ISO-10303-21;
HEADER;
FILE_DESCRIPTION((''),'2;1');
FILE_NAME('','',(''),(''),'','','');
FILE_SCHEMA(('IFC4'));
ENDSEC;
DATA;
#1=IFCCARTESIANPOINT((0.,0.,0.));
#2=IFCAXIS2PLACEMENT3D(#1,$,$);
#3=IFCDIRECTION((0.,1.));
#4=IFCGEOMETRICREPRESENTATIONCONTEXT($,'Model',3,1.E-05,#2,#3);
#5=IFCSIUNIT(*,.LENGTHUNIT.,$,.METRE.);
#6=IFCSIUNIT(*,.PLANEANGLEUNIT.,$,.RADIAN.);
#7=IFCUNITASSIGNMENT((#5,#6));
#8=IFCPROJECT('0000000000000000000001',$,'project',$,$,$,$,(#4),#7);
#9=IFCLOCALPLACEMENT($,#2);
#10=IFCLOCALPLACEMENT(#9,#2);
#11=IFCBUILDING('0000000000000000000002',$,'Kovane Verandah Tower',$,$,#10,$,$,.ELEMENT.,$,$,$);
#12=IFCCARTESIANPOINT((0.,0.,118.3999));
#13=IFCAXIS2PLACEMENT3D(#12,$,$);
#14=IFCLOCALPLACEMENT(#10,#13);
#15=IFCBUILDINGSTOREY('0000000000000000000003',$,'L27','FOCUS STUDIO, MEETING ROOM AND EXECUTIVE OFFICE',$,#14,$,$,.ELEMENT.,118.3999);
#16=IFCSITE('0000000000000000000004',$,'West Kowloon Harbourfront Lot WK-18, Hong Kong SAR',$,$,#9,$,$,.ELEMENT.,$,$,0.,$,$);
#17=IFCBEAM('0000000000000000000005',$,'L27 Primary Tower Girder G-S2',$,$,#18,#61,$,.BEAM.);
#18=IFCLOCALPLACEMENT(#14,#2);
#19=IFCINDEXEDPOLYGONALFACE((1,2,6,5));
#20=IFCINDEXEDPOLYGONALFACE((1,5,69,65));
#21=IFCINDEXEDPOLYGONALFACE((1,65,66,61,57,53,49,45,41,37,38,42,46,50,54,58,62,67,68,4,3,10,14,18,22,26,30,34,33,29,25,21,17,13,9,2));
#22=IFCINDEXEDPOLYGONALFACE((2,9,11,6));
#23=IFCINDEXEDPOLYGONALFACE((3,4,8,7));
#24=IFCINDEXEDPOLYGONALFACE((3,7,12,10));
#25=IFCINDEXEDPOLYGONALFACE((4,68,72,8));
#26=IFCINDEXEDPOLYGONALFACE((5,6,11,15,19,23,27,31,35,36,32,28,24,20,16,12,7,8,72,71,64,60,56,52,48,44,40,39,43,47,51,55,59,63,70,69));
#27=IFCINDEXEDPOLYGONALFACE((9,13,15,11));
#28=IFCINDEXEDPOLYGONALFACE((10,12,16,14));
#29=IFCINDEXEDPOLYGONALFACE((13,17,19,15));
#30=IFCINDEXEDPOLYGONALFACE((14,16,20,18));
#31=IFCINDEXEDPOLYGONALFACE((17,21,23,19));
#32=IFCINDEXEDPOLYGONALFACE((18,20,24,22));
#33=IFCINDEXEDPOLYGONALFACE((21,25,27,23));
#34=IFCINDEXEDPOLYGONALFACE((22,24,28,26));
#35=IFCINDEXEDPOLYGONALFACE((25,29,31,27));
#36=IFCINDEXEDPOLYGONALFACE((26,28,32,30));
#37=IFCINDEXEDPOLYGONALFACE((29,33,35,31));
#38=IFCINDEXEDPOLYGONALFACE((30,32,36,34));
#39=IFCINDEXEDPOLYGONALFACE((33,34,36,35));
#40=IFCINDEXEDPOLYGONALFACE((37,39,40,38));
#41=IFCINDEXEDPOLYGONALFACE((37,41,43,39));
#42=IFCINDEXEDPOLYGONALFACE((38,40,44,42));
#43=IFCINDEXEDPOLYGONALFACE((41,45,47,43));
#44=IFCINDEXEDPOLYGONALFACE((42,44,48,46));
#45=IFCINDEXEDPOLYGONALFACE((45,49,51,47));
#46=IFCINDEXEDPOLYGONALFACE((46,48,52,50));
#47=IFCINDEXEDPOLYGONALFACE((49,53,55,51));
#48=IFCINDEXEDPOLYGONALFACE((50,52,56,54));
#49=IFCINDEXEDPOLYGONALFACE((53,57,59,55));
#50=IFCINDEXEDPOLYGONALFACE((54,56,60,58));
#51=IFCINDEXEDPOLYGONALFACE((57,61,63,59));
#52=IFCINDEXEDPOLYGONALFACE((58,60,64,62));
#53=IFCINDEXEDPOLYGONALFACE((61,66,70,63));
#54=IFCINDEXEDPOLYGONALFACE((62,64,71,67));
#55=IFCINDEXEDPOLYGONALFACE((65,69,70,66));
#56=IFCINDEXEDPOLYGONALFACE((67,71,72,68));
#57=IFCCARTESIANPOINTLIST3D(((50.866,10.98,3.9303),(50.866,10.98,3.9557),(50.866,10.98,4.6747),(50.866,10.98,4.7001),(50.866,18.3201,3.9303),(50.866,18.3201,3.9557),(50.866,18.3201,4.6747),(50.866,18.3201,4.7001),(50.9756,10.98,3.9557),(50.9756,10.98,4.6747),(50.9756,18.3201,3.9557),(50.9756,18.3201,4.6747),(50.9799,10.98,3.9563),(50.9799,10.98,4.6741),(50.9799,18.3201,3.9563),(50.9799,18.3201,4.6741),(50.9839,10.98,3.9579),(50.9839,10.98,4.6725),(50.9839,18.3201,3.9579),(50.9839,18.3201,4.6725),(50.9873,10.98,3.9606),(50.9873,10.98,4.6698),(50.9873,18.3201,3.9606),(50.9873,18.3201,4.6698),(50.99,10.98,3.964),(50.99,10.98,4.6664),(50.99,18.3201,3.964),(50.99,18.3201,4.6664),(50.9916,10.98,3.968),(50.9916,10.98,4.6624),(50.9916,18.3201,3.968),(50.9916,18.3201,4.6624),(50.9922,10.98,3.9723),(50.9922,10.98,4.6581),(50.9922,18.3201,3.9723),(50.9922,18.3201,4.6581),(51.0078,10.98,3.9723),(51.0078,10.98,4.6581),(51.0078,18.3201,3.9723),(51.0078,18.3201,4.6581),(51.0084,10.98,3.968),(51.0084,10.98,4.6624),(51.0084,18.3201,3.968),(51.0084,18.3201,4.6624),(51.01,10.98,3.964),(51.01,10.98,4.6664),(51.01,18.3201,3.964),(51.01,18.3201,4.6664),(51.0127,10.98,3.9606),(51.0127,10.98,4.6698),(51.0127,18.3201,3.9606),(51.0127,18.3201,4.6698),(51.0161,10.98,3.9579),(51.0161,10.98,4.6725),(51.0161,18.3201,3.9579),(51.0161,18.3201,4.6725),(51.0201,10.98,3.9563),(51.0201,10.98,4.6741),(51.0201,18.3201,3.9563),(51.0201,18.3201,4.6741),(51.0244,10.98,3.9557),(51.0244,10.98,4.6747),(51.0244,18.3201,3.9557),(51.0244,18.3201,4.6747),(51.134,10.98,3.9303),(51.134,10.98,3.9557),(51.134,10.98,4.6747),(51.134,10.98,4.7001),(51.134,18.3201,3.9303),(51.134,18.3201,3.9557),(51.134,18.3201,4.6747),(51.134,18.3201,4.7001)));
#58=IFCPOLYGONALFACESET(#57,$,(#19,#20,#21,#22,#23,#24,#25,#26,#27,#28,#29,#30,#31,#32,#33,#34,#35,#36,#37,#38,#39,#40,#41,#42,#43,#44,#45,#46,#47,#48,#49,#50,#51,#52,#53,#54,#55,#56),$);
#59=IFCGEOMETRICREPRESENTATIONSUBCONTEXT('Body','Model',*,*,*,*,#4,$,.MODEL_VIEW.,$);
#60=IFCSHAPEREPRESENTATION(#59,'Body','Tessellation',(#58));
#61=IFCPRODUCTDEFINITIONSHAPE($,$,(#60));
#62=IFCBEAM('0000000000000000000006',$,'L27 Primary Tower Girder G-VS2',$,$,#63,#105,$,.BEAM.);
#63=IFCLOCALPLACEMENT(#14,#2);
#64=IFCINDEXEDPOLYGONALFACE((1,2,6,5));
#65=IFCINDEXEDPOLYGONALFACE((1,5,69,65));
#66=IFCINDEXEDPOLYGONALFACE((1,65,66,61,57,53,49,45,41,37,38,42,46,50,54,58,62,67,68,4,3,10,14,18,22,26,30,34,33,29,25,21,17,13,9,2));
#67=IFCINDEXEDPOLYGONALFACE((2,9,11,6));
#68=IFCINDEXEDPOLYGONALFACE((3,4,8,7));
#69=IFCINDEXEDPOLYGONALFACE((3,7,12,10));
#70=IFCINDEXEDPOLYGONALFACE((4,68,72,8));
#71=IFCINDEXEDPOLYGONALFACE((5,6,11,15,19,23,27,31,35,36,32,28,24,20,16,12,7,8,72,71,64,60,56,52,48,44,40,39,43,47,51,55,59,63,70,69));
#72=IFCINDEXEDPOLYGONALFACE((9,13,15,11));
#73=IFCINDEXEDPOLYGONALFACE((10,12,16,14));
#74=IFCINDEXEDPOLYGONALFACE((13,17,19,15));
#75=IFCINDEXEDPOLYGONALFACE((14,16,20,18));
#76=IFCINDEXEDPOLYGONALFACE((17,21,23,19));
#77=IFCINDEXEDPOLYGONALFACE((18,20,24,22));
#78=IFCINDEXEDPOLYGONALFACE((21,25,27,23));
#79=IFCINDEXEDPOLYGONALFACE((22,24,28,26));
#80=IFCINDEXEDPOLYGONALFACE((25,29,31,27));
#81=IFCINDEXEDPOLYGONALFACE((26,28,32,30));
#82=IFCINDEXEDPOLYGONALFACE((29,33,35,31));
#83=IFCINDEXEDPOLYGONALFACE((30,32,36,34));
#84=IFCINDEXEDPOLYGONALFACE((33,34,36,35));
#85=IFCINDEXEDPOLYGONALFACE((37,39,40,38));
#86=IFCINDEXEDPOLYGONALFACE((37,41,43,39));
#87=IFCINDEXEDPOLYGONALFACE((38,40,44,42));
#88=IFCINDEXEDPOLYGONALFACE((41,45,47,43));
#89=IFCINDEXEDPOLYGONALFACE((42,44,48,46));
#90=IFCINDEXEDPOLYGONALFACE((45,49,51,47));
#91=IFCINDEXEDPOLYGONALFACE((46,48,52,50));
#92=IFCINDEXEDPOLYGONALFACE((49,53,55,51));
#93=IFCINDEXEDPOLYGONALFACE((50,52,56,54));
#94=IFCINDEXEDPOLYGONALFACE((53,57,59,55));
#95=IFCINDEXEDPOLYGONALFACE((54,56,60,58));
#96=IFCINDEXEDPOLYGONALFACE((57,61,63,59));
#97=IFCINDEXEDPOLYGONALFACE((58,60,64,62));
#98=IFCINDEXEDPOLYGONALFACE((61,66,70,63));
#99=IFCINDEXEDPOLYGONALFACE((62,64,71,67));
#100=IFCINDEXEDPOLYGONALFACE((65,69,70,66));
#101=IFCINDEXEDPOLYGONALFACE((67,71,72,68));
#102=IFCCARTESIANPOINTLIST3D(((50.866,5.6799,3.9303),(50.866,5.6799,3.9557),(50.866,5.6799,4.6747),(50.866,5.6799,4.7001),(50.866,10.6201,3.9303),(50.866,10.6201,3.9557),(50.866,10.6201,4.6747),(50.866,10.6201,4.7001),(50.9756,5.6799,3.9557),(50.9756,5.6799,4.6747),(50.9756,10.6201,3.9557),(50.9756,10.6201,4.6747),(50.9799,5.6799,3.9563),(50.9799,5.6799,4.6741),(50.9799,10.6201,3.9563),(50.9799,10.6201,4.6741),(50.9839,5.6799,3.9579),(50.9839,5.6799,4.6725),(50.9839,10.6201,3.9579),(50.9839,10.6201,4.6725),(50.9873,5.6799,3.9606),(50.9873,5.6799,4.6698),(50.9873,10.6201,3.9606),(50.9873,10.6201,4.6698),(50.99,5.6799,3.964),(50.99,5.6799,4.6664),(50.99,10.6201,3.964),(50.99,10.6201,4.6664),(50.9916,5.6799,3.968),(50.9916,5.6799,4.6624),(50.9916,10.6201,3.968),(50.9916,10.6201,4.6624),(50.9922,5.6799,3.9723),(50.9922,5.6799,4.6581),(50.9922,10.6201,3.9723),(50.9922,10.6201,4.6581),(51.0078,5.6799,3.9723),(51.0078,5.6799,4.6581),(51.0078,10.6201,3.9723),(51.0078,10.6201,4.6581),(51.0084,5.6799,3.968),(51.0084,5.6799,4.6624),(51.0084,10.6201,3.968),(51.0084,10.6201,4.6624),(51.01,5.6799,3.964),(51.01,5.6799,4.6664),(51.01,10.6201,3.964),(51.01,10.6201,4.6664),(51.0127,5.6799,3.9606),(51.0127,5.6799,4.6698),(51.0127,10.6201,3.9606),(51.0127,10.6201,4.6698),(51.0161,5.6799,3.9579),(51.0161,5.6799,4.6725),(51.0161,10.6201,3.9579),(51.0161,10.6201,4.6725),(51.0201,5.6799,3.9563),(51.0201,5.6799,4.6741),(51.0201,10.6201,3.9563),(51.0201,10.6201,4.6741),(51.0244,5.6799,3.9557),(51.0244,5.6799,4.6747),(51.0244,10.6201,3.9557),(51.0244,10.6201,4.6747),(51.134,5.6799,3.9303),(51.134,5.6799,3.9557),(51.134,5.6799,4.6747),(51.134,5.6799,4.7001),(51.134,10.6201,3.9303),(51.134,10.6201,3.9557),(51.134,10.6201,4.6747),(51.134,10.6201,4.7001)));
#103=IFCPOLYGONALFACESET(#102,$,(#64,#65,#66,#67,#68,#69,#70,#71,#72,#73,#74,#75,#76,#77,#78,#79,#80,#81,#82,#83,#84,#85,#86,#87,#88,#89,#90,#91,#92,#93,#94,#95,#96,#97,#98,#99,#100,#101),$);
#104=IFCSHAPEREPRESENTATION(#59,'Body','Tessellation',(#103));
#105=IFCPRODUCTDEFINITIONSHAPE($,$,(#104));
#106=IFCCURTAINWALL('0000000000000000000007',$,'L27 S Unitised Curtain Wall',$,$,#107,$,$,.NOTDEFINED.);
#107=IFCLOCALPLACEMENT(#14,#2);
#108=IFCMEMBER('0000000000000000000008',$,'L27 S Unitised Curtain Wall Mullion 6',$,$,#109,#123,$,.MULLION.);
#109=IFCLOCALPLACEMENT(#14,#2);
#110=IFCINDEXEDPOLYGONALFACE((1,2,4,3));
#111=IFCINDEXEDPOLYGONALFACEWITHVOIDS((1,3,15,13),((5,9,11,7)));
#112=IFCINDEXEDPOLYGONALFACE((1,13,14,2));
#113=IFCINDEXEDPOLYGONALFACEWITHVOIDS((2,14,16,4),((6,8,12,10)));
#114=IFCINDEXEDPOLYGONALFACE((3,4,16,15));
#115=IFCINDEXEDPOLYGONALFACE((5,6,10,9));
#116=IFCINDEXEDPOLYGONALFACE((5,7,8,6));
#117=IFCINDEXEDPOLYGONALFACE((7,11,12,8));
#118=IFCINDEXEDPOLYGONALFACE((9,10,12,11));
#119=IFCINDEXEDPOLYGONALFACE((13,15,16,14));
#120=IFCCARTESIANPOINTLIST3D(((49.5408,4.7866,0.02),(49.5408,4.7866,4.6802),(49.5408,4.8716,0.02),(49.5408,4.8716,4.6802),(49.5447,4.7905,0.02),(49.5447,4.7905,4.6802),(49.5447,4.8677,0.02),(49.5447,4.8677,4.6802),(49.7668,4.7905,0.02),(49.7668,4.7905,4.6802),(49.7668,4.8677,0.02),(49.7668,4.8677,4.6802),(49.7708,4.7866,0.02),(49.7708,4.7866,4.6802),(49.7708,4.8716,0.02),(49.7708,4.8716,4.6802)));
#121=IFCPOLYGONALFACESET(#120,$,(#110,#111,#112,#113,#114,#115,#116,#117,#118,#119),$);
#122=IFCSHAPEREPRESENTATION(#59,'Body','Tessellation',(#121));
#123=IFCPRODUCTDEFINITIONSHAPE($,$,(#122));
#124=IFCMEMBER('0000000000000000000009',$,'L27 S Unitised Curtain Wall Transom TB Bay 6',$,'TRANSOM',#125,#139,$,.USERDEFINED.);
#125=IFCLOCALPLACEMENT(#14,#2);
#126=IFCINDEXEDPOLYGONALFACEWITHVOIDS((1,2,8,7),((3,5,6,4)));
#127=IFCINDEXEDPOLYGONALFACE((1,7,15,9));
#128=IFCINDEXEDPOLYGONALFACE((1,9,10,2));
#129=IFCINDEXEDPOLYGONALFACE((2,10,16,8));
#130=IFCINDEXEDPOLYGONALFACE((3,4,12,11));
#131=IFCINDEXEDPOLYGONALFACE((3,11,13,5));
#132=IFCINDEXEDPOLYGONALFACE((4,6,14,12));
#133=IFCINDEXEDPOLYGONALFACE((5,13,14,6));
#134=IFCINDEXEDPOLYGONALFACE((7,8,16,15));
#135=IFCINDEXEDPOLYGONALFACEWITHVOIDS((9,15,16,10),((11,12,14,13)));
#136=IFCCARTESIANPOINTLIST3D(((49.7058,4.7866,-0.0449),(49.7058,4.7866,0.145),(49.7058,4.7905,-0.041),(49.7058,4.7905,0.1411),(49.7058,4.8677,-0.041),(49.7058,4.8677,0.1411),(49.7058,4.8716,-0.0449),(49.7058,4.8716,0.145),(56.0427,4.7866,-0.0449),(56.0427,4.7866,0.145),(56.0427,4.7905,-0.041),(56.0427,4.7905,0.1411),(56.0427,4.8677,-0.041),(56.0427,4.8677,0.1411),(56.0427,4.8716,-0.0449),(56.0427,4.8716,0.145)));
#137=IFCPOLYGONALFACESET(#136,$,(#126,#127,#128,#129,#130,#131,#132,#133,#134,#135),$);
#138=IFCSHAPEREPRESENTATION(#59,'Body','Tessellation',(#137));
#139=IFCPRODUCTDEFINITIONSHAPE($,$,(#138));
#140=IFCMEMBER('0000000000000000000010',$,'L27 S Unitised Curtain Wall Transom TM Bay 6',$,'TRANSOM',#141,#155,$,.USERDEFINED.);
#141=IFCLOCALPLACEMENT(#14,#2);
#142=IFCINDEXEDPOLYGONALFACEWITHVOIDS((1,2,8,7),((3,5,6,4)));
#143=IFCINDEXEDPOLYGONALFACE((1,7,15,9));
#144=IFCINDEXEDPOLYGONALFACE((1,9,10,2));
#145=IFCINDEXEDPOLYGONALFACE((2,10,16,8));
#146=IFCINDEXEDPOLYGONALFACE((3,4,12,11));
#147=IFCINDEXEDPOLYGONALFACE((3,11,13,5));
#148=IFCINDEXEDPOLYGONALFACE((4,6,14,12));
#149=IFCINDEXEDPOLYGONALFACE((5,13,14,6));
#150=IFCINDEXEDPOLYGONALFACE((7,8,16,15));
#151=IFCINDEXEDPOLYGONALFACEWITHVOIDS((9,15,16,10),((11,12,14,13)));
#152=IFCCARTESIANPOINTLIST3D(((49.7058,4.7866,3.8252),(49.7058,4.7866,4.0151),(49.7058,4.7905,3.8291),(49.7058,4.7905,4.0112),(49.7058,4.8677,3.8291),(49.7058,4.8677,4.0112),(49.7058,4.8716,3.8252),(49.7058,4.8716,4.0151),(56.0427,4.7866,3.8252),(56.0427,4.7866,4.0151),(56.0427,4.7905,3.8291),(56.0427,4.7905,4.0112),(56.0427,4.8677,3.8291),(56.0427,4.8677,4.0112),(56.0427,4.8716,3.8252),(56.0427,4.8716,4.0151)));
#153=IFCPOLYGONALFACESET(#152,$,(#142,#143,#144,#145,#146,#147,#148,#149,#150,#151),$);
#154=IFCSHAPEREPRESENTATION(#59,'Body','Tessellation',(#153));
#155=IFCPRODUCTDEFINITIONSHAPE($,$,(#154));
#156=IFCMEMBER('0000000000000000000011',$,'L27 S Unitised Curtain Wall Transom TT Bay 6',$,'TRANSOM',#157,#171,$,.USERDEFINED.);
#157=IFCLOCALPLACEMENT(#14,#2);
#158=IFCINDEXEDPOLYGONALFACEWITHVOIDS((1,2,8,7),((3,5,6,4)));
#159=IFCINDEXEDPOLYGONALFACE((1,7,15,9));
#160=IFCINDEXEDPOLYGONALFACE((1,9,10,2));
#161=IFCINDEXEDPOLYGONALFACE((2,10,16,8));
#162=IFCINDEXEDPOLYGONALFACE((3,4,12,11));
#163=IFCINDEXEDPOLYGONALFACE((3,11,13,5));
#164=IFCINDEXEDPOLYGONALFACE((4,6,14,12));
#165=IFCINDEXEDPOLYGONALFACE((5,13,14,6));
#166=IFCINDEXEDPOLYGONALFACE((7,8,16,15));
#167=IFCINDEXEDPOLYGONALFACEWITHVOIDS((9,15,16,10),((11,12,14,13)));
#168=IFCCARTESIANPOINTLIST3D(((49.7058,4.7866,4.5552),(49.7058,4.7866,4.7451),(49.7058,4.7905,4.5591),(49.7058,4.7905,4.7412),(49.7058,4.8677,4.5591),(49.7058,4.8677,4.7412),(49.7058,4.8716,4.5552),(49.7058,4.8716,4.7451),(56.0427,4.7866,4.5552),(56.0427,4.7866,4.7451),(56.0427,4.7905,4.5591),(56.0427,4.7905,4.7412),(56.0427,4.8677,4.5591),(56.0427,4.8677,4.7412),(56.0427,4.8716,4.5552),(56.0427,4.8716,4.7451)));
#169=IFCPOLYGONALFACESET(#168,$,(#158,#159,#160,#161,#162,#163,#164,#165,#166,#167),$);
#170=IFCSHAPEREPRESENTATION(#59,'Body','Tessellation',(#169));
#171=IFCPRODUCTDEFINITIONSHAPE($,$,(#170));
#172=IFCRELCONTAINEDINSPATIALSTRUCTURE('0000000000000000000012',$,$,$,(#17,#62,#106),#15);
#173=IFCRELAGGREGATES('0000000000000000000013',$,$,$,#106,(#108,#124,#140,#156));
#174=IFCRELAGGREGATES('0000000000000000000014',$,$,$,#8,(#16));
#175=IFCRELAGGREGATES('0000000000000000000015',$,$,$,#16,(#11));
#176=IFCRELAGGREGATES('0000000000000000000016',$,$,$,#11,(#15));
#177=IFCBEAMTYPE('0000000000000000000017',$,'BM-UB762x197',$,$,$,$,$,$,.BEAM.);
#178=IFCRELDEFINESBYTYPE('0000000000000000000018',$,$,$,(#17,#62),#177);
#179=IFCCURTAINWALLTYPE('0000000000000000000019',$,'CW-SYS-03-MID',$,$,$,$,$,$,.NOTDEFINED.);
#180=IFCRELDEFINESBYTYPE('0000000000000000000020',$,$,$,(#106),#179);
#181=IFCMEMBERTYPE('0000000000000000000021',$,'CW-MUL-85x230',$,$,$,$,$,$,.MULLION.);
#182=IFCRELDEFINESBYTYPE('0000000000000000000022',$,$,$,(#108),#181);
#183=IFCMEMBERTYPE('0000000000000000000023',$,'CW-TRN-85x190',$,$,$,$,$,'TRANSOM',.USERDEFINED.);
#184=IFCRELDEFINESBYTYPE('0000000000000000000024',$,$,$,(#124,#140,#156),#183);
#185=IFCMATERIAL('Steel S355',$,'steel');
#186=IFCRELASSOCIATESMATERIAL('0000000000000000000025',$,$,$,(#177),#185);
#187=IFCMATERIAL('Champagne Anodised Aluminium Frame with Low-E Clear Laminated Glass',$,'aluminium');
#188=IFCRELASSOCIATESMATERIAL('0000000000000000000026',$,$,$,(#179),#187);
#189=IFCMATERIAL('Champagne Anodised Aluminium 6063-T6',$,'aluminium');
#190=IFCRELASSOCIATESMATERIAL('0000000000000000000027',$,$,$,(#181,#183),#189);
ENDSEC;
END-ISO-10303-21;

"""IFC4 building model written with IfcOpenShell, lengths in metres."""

from ifc_helpers import new_model, si_unit, direction, frame, origin, origin_2d, place, context, subcontext, project, spatial, hollow_rectangle, i_section, extrude, material, material_profile, profile_set, type_object, element, aggregate, save


model = new_model("IFC4")

# Units and contexts
model_context = context("Model", 3, precision=1e-05, world=origin(), true_north=direction((0.0, 1.0)))
body_context = subcontext(model_context, "Body", "Model", "MODEL_VIEW")
ifc_project = project(units=[si_unit("LENGTHUNIT", "METRE"), si_unit("PLANEANGLEUNIT", "RADIAN")], contexts=[model_context])

# Site, building, storey
site_placement = place(None, origin())
site = spatial("IfcSite", under=ifc_project, at=site_placement, Name="West Kowloon Harbourfront Lot WK-18, Hong Kong SAR", CompositionType="ELEMENT", RefElevation=0.0)
building_placement = place(site_placement, origin())
building = spatial("IfcBuilding", under=site, at=building_placement, Name="Kovane Verandah Tower", CompositionType="ELEMENT")
storey_placement = place(building_placement, frame((0.0, 0.0, 118.3999)))
storey = spatial("IfcBuildingStorey", under=building, at=storey_placement, Name="L27", Description="FOCUS STUDIO, MEETING ROOM AND EXECUTIVE OFFICE", CompositionType="ELEMENT", Elevation=118.3999)

# Beams
ifc_material_1 = material(Name="Steel S355", Category="steel")
ifc_material_profile_1 = material_profile(ifc_material_1, i_section(OverallWidth=0.2681, OverallDepth=0.7698, WebThickness=0.0156, FlangeThickness=0.0254, FilletRadius=0.0166, at=origin_2d()), Name="UB762x267x197")
ifc_profile_set_1 = profile_set([ifc_material_profile_1], Name="Steel S355")
beam_type_1 = type_object("IfcBeamType", Name="BM-UB762x197", PredefinedType="BEAM", material=ifc_profile_set_1)
beam_1_placement = place(storey_placement, frame((51.0, 18.3201, 4.3152), z_axis=(0.0, -1.0, 0.0), x_axis=(1.0, 0.0, 0.0)))
element("IfcBeam", 1, at=beam_1_placement, inside=storey, type_object=beam_type_1, Name="L27 Primary Tower Girder G-S2", PredefinedType="BEAM", context=body_context, shape_type="SweptSolid", body=[
    extrude(i_section(OverallWidth=0.2681, OverallDepth=0.7698, WebThickness=0.0156, FlangeThickness=0.0254, FilletRadius=0.0166, at=origin_2d()), origin(), (0.0, 0.0, 1.0), 7.3401),
])
beam_2_placement = place(storey_placement, frame((51.0, 10.6201, 4.3152), z_axis=(0.0, -1.0, 0.0), x_axis=(1.0, 0.0, 0.0)))
element("IfcBeam", 2, at=beam_2_placement, inside=storey, type_object=beam_type_1, Name="L27 Primary Tower Girder G-VS2", PredefinedType="BEAM", context=body_context, shape_type="SweptSolid", body=[
    extrude(i_section(OverallWidth=0.2681, OverallDepth=0.7698, WebThickness=0.0156, FlangeThickness=0.0254, FilletRadius=0.0166, at=origin_2d()), origin(), (0.0, 0.0, 1.0), 4.9402),
])

# Curtain wall, members
ifc_material_2 = material(Name="Champagne Anodised Aluminium Frame with Low-E Clear Laminated Glass", Category="aluminium")
curtain_wall_type = type_object("IfcCurtainWallType", Name="CW-SYS-03-MID", PredefinedType="NOTDEFINED", material=ifc_material_2)
curtain_wall_placement = place(storey_placement, origin())
curtain_wall = element("IfcCurtainWall", 3, at=curtain_wall_placement, inside=storey, type_object=curtain_wall_type, Name="L27 S Unitised Curtain Wall", PredefinedType="NOTDEFINED")
ifc_material_3 = material(Name="Champagne Anodised Aluminium 6063-T6", Category="aluminium")
ifc_material_profile_2 = material_profile(ifc_material_3, hollow_rectangle(XDim=0.085, YDim=0.23, WallThickness=0.0039, at=origin_2d()), Name="AL85x230x4")
ifc_profile_set_2 = profile_set([ifc_material_profile_2], Name="Champagne Anodised Aluminium 6063-T6")
member_type_1 = type_object("IfcMemberType", Name="CW-MUL-85x230", PredefinedType="MULLION", material=ifc_profile_set_2)
member_1_placement = place(storey_placement, frame((49.6558, 4.8291, 0.02), z_axis=(0.0, 0.0, 1.0), x_axis=(0.0, -1.0, 0.0)))
member_1 = element("IfcMember", 4, at=member_1_placement, type_object=member_type_1, Name="L27 S Unitised Curtain Wall Mullion 6", PredefinedType="MULLION", context=body_context, shape_type="SweptSolid", body=[
    extrude(hollow_rectangle(XDim=0.085, YDim=0.23, WallThickness=0.0039, at=origin_2d()), origin(), (0.0, 0.0, 1.0), 4.6602),
])
ifc_material_profile_3 = material_profile(ifc_material_3, hollow_rectangle(XDim=0.085, YDim=0.1899, WallThickness=0.0039, at=origin_2d()), Name="AL85x190x4")
ifc_profile_set_3 = profile_set([ifc_material_profile_3], Name="Champagne Anodised Aluminium 6063-T6")
member_type_2 = type_object("IfcMemberType", Name="CW-TRN-85x190", ElementType="TRANSOM", PredefinedType="USERDEFINED", material=ifc_profile_set_3)
member_2_placement = place(storey_placement, frame((49.7058, 4.8291, 0.05), z_axis=(1.0, 0.0, 0.0), x_axis=(0.0, 1.0, 0.0)))
member_2 = element("IfcMember", 5, at=member_2_placement, type_object=member_type_2, Name="L27 S Unitised Curtain Wall Transom TB Bay 6", ObjectType="TRANSOM", PredefinedType="USERDEFINED", context=body_context, shape_type="SweptSolid", body=[
    extrude(hollow_rectangle(XDim=0.085, YDim=0.1899, WallThickness=0.0039, at=origin_2d()), origin(), (0.0, 0.0, 1.0), 6.3369),
])
member_3_placement = place(storey_placement, frame((49.7058, 4.8291, 3.9202), z_axis=(1.0, 0.0, 0.0), x_axis=(0.0, 1.0, 0.0)))
member_3 = element("IfcMember", 6, at=member_3_placement, type_object=member_type_2, Name="L27 S Unitised Curtain Wall Transom TM Bay 6", ObjectType="TRANSOM", PredefinedType="USERDEFINED", context=body_context, shape_type="SweptSolid", body=[
    extrude(hollow_rectangle(XDim=0.085, YDim=0.1899, WallThickness=0.0039, at=origin_2d()), origin(), (0.0, 0.0, 1.0), 6.3369),
])
member_4_placement = place(storey_placement, frame((49.7058, 4.8291, 4.6501), z_axis=(1.0, 0.0, 0.0), x_axis=(0.0, 1.0, 0.0)))
member_4 = element("IfcMember", 7, at=member_4_placement, type_object=member_type_2, Name="L27 S Unitised Curtain Wall Transom TT Bay 6", ObjectType="TRANSOM", PredefinedType="USERDEFINED", context=body_context, shape_type="SweptSolid", body=[
    extrude(hollow_rectangle(XDim=0.085, YDim=0.1899, WallThickness=0.0039, at=origin_2d()), origin(), (0.0, 0.0, 1.0), 6.3369),
])

aggregate(curtain_wall, [member_1, member_2, member_3, member_4])

save(model, "model.ifc")
